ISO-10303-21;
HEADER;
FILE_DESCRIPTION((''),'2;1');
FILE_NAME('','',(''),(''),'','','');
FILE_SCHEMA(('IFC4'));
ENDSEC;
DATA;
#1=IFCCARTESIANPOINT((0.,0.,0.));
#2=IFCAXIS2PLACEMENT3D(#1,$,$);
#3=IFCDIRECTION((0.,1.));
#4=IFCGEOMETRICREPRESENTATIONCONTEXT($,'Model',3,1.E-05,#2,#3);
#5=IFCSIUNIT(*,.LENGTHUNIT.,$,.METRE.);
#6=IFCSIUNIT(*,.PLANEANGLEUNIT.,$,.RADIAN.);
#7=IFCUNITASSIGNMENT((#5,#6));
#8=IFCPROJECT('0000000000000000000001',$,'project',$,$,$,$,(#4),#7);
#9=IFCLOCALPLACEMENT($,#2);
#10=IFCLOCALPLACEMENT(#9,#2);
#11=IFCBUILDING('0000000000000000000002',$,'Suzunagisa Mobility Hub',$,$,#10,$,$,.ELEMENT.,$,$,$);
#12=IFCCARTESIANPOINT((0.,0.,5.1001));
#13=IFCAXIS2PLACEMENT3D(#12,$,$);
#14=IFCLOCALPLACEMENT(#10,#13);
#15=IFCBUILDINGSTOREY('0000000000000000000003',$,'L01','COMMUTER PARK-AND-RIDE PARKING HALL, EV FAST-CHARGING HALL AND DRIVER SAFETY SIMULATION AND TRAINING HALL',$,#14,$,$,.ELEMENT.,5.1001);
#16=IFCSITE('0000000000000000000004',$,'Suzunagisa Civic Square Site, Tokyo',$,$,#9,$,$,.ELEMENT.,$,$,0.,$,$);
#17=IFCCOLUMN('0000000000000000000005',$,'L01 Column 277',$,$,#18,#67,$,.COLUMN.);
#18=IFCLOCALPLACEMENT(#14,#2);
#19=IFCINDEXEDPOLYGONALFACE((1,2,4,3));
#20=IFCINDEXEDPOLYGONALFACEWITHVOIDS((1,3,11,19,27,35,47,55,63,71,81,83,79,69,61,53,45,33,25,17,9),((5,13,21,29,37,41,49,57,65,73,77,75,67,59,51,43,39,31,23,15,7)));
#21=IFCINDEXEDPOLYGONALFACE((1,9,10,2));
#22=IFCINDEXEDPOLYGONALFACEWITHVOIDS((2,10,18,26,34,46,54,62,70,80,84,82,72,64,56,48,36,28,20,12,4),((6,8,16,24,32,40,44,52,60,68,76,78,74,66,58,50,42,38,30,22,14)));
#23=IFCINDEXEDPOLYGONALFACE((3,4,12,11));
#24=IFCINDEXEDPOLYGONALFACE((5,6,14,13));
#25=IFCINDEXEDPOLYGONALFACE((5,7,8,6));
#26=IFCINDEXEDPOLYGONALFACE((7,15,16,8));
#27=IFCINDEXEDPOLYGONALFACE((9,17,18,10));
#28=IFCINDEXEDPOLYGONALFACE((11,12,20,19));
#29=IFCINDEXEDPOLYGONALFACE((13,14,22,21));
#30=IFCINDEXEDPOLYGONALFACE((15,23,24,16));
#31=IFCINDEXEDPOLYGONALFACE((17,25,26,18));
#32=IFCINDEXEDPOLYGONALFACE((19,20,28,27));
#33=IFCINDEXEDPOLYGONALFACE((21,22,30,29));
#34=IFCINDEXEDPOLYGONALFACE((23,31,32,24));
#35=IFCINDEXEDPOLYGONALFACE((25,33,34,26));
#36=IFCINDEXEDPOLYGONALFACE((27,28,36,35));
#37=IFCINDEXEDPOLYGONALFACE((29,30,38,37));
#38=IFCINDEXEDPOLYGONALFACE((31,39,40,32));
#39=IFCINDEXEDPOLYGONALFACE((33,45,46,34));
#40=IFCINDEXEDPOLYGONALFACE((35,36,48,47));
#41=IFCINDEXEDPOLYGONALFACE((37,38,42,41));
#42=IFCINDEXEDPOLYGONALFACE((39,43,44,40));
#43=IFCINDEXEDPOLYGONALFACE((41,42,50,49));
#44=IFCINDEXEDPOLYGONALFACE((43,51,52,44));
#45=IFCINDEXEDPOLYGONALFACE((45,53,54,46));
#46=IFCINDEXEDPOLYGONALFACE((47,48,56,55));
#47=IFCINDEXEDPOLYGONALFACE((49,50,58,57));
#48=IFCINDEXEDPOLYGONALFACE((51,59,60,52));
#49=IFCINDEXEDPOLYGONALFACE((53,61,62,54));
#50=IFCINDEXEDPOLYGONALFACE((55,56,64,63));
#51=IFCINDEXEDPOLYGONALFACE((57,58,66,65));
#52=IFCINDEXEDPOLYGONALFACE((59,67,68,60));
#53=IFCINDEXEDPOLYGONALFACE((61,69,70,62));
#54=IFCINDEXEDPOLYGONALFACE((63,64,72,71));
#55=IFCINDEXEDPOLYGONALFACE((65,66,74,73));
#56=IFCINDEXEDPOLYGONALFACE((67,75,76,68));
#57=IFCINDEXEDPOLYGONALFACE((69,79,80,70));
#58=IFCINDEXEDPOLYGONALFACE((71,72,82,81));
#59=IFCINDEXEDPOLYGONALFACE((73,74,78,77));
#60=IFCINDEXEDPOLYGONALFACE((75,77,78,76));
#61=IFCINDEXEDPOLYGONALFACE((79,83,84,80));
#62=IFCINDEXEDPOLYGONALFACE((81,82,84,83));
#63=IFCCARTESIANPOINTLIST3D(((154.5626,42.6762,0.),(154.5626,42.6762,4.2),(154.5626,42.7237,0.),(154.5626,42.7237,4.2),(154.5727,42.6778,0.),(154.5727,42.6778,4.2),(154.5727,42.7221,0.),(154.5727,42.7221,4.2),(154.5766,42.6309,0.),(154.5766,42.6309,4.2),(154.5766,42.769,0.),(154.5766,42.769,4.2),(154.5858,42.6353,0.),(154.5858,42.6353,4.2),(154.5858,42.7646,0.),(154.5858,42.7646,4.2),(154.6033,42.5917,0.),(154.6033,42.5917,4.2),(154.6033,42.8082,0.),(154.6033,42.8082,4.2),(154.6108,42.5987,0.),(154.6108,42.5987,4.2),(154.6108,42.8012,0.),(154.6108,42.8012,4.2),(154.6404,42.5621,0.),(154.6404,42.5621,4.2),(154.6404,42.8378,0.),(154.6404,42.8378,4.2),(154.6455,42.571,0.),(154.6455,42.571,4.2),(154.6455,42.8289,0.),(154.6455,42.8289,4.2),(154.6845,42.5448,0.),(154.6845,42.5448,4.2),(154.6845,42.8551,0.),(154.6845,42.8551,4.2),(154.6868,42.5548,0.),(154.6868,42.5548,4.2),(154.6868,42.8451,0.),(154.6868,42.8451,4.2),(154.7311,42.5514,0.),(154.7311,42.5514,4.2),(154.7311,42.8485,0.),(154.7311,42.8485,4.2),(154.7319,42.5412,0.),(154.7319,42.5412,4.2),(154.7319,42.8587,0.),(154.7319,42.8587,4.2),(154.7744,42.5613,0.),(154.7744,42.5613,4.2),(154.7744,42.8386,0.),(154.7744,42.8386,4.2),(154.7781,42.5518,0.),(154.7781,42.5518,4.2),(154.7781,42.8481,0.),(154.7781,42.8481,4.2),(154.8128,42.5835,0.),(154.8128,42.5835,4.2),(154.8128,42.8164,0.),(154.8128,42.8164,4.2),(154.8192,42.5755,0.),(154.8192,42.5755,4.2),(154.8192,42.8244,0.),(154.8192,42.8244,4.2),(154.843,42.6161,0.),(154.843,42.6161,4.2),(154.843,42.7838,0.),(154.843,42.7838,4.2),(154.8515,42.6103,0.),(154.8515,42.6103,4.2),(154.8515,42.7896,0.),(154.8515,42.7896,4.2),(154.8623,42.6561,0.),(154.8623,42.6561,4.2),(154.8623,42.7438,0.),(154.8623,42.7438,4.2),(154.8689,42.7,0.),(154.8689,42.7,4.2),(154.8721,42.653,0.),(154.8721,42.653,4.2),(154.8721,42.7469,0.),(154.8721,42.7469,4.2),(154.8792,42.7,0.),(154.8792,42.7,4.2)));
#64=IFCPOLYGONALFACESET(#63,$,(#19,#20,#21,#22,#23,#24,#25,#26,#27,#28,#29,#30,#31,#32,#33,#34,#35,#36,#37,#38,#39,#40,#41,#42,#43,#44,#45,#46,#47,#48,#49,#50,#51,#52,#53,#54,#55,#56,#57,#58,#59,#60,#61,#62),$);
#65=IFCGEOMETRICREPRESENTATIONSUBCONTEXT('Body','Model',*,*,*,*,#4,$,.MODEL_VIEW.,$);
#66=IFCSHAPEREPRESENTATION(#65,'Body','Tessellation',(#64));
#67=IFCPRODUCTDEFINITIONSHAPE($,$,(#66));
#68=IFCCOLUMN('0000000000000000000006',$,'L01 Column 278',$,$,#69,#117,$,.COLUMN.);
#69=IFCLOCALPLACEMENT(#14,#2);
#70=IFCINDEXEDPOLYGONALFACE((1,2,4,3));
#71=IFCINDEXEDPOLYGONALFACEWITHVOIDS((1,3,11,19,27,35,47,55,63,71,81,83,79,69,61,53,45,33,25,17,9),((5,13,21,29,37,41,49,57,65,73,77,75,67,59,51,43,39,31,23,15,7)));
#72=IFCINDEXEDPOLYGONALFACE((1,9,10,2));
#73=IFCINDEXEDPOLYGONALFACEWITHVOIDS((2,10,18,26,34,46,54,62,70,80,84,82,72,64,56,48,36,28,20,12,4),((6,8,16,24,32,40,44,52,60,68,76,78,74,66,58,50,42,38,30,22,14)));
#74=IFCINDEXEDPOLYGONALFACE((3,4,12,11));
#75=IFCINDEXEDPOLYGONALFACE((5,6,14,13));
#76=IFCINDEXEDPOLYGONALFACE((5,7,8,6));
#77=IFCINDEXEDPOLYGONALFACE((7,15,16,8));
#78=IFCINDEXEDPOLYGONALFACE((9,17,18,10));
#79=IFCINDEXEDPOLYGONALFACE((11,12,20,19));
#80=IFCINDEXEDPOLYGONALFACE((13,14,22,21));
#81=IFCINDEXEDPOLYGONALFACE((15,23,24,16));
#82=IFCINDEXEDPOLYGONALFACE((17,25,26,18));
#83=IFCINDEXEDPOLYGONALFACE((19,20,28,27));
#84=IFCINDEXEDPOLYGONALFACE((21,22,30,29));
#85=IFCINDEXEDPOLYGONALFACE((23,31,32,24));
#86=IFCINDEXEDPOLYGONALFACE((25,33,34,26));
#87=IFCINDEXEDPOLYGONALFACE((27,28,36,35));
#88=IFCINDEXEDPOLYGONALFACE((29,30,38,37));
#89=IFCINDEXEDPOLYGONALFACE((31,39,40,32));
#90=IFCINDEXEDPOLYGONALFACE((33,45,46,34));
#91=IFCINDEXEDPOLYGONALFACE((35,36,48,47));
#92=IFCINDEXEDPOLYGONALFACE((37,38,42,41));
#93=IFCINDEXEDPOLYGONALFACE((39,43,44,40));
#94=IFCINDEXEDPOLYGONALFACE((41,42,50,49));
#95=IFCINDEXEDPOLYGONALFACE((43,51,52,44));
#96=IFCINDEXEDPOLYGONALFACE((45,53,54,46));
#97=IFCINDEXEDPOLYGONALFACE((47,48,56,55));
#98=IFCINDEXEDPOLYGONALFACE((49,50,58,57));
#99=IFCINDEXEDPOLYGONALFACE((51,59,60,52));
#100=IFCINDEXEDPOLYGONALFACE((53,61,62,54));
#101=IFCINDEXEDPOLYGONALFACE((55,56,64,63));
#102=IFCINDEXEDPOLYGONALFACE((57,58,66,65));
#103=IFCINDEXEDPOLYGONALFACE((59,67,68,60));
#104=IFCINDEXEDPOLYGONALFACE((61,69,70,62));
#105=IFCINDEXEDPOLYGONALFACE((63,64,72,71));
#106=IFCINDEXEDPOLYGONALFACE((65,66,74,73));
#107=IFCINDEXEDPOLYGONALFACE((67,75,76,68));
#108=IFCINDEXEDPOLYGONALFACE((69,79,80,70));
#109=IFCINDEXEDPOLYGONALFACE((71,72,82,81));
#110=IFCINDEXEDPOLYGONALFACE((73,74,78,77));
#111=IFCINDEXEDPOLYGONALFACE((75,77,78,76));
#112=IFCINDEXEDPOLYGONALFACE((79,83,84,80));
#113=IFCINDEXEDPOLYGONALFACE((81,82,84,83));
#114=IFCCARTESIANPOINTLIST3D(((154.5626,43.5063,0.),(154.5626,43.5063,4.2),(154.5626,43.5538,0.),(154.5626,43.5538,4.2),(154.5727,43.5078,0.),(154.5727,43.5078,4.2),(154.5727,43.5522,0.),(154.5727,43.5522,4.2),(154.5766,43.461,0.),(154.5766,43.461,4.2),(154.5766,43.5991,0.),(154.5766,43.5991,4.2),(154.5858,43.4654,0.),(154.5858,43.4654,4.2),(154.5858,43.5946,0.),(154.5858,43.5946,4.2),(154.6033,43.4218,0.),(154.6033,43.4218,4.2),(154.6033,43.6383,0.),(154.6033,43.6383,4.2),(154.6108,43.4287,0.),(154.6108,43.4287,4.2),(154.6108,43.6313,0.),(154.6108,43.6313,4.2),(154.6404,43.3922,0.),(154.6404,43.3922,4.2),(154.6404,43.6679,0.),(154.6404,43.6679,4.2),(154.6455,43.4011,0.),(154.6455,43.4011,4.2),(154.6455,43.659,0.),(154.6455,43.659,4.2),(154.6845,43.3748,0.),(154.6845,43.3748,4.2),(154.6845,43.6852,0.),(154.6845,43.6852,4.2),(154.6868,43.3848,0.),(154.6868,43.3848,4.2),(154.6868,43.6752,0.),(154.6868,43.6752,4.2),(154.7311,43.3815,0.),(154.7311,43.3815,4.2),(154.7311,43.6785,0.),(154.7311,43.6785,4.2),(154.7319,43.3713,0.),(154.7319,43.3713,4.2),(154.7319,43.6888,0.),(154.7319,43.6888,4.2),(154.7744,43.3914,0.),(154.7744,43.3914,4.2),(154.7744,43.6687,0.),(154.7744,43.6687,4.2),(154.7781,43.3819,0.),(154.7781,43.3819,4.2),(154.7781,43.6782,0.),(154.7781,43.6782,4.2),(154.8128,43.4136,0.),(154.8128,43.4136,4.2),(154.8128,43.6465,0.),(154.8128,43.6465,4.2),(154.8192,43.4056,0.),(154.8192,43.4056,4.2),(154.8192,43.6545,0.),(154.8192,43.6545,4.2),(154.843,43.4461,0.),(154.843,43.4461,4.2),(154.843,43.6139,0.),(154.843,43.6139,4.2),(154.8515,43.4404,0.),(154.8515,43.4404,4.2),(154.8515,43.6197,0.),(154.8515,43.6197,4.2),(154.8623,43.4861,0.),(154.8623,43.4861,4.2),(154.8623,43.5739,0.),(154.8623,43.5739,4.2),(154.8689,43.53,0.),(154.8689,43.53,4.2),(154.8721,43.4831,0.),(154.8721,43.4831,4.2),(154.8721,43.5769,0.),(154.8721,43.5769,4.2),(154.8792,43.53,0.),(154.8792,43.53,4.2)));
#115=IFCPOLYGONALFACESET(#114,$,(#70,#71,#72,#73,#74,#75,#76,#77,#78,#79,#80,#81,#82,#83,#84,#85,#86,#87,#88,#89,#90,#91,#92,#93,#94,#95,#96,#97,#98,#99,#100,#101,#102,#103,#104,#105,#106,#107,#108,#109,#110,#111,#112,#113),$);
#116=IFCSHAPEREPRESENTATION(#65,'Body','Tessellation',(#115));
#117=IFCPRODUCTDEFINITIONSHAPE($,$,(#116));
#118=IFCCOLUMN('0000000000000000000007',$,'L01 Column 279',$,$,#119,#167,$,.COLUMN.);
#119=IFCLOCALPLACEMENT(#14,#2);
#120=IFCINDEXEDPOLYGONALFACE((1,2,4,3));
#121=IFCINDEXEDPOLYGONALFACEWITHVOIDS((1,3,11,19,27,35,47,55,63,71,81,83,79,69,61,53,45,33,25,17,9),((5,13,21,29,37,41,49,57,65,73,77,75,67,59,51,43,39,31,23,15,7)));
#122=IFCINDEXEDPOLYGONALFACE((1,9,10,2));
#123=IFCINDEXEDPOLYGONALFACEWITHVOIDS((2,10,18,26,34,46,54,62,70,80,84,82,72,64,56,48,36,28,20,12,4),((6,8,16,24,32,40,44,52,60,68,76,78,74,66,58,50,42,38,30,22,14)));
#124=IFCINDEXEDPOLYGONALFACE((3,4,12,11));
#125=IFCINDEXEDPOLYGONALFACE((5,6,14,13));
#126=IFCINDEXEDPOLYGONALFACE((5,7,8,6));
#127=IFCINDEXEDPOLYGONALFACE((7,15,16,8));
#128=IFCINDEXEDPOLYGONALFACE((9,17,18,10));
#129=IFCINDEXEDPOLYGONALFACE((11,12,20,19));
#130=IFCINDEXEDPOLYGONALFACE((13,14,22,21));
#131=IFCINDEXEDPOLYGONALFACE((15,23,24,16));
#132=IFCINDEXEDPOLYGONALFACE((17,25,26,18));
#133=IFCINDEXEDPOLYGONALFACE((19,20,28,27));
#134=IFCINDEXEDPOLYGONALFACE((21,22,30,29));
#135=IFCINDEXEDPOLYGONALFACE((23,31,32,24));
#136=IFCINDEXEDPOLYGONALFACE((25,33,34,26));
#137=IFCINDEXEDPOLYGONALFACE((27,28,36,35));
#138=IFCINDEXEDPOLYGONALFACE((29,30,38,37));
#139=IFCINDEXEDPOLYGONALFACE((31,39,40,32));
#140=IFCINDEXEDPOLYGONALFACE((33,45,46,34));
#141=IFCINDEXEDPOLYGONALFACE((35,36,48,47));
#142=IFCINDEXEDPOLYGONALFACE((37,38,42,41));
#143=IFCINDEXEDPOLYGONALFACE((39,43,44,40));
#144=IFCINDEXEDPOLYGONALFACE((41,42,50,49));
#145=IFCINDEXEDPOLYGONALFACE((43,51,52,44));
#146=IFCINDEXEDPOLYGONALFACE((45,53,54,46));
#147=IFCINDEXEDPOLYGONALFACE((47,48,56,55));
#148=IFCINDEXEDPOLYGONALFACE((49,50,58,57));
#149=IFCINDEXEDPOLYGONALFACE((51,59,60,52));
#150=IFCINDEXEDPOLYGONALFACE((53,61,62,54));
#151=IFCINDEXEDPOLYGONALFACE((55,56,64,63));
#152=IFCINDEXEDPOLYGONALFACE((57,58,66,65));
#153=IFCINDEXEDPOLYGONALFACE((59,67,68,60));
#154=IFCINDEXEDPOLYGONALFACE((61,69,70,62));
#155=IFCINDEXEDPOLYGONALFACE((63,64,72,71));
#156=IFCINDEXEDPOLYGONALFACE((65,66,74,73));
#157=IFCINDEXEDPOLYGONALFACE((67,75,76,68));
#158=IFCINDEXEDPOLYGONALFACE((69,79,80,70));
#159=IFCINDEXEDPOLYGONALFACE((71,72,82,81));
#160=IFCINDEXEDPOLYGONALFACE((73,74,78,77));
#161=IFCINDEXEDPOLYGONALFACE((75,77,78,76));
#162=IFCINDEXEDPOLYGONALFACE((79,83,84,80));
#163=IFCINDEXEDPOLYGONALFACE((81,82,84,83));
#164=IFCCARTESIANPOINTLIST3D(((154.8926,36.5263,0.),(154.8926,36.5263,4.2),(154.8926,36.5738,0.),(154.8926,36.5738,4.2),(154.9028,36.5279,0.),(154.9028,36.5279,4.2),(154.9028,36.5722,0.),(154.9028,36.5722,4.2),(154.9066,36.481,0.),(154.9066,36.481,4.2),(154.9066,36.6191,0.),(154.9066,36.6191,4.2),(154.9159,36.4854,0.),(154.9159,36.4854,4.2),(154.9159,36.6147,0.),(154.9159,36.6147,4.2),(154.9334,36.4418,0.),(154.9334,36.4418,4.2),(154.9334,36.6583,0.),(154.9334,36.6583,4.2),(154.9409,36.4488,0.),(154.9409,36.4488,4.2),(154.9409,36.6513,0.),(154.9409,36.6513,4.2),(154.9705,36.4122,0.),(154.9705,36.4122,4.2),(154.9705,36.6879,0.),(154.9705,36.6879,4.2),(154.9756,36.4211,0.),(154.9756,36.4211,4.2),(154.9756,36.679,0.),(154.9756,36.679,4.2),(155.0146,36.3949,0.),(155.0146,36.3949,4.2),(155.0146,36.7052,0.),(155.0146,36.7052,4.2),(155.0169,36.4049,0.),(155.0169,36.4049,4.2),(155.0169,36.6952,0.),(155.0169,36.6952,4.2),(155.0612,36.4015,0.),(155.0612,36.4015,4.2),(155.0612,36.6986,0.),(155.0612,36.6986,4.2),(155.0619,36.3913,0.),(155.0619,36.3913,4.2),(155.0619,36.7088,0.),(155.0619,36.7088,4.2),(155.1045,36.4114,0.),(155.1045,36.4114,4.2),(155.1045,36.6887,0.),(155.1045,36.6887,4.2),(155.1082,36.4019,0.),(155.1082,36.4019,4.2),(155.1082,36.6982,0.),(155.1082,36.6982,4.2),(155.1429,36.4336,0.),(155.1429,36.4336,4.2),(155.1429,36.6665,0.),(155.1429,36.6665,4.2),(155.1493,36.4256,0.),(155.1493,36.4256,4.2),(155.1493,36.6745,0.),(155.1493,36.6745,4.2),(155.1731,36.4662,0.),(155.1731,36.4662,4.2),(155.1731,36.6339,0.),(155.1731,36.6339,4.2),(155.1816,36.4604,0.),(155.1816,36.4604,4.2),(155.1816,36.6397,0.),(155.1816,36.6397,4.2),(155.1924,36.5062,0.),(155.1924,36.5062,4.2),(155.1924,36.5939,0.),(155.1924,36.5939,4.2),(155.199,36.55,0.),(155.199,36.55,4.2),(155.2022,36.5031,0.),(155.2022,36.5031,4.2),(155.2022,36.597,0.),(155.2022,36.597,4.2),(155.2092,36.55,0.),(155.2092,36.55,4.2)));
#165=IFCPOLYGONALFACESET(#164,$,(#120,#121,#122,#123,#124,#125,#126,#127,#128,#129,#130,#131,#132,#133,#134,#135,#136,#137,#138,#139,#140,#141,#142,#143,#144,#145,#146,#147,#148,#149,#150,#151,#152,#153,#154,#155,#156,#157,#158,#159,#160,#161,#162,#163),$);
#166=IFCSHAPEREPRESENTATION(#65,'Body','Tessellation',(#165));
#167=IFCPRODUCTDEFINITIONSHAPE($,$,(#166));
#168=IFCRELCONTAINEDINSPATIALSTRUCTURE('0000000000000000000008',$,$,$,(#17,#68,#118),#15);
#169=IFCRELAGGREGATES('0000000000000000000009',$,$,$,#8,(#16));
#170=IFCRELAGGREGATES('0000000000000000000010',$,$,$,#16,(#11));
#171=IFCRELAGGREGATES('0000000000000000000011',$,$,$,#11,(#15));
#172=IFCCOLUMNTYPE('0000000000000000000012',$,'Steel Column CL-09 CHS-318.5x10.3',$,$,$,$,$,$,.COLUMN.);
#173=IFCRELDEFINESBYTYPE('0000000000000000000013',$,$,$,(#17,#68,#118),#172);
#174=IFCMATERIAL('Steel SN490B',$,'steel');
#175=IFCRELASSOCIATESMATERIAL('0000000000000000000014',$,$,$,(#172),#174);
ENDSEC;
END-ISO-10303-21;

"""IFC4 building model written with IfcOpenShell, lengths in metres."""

from ifc_helpers import new_model, si_unit, direction, frame, origin, origin_2d, place, context, subcontext, project, spatial, hollow_circle, extrude, material, material_profile, profile_set, type_object, element, save


model = new_model("IFC4")

# Units and contexts
model_context = context("Model", 3, precision=1e-05, world=origin(), true_north=direction((0.0, 1.0)))
body_context = subcontext(model_context, "Body", "Model", "MODEL_VIEW")
ifc_project = project(units=[si_unit("LENGTHUNIT", "METRE"), si_unit("PLANEANGLEUNIT", "RADIAN")], contexts=[model_context])

# Site, building, storey
site_placement = place(None, origin())
site = spatial("IfcSite", under=ifc_project, at=site_placement, Name="Suzunagisa Civic Square Site, Tokyo", CompositionType="ELEMENT", RefElevation=0.0)
building_placement = place(site_placement, origin())
building = spatial("IfcBuilding", under=site, at=building_placement, Name="Suzunagisa Mobility Hub", CompositionType="ELEMENT")
storey_placement = place(building_placement, frame((0.0, 0.0, 5.1001)))
storey = spatial("IfcBuildingStorey", under=building, at=storey_placement, Name="L01", Description="COMMUTER PARK-AND-RIDE PARKING HALL, EV FAST-CHARGING HALL AND DRIVER SAFETY SIMULATION AND TRAINING HALL", CompositionType="ELEMENT", Elevation=5.1001)

# Columns
ifc_material_1 = material(Name="Steel SN490B", Category="steel")
ifc_material_profile_1 = material_profile(ifc_material_1, hollow_circle(Radius=0.1592, WallThickness=0.0103, at=origin_2d()), Name="CHS-318.5x10.3")
ifc_profile_set_1 = profile_set([ifc_material_profile_1], Name="Steel SN490B")
column_type_1 = type_object("IfcColumnType", Name="Steel Column CL-09 CHS-318.5x10.3", PredefinedType="COLUMN", material=ifc_profile_set_1)
for number, where, z_axis, x_axis, name in (
    (1, (154.72, 42.7, 0.0), (0.0, 0.0, 1.0), (1.0, 0.0, 0.0), "L01 Column 277"),
    (2, (154.72, 43.53, 0.0), (0.0, 0.0, 1.0), (1.0, 0.0, 0.0), "L01 Column 278"),
    (3, (155.05, 36.55, 0.0), (0.0, 0.0, 1.0), (1.0, 0.0, 0.0), "L01 Column 279"),
):
    element("IfcColumn", number, at=place(storey_placement, frame(where, z_axis=z_axis, x_axis=x_axis)), inside=storey, type_object=column_type_1, Name=name, PredefinedType="COLUMN", context=body_context, shape_type="SweptSolid", body=[
        extrude(hollow_circle(Radius=0.1592, WallThickness=0.0103, at=origin_2d()), origin(), (0.0, 0.0, 1.0), 4.2),
    ])

save(model, "model.ifc")
